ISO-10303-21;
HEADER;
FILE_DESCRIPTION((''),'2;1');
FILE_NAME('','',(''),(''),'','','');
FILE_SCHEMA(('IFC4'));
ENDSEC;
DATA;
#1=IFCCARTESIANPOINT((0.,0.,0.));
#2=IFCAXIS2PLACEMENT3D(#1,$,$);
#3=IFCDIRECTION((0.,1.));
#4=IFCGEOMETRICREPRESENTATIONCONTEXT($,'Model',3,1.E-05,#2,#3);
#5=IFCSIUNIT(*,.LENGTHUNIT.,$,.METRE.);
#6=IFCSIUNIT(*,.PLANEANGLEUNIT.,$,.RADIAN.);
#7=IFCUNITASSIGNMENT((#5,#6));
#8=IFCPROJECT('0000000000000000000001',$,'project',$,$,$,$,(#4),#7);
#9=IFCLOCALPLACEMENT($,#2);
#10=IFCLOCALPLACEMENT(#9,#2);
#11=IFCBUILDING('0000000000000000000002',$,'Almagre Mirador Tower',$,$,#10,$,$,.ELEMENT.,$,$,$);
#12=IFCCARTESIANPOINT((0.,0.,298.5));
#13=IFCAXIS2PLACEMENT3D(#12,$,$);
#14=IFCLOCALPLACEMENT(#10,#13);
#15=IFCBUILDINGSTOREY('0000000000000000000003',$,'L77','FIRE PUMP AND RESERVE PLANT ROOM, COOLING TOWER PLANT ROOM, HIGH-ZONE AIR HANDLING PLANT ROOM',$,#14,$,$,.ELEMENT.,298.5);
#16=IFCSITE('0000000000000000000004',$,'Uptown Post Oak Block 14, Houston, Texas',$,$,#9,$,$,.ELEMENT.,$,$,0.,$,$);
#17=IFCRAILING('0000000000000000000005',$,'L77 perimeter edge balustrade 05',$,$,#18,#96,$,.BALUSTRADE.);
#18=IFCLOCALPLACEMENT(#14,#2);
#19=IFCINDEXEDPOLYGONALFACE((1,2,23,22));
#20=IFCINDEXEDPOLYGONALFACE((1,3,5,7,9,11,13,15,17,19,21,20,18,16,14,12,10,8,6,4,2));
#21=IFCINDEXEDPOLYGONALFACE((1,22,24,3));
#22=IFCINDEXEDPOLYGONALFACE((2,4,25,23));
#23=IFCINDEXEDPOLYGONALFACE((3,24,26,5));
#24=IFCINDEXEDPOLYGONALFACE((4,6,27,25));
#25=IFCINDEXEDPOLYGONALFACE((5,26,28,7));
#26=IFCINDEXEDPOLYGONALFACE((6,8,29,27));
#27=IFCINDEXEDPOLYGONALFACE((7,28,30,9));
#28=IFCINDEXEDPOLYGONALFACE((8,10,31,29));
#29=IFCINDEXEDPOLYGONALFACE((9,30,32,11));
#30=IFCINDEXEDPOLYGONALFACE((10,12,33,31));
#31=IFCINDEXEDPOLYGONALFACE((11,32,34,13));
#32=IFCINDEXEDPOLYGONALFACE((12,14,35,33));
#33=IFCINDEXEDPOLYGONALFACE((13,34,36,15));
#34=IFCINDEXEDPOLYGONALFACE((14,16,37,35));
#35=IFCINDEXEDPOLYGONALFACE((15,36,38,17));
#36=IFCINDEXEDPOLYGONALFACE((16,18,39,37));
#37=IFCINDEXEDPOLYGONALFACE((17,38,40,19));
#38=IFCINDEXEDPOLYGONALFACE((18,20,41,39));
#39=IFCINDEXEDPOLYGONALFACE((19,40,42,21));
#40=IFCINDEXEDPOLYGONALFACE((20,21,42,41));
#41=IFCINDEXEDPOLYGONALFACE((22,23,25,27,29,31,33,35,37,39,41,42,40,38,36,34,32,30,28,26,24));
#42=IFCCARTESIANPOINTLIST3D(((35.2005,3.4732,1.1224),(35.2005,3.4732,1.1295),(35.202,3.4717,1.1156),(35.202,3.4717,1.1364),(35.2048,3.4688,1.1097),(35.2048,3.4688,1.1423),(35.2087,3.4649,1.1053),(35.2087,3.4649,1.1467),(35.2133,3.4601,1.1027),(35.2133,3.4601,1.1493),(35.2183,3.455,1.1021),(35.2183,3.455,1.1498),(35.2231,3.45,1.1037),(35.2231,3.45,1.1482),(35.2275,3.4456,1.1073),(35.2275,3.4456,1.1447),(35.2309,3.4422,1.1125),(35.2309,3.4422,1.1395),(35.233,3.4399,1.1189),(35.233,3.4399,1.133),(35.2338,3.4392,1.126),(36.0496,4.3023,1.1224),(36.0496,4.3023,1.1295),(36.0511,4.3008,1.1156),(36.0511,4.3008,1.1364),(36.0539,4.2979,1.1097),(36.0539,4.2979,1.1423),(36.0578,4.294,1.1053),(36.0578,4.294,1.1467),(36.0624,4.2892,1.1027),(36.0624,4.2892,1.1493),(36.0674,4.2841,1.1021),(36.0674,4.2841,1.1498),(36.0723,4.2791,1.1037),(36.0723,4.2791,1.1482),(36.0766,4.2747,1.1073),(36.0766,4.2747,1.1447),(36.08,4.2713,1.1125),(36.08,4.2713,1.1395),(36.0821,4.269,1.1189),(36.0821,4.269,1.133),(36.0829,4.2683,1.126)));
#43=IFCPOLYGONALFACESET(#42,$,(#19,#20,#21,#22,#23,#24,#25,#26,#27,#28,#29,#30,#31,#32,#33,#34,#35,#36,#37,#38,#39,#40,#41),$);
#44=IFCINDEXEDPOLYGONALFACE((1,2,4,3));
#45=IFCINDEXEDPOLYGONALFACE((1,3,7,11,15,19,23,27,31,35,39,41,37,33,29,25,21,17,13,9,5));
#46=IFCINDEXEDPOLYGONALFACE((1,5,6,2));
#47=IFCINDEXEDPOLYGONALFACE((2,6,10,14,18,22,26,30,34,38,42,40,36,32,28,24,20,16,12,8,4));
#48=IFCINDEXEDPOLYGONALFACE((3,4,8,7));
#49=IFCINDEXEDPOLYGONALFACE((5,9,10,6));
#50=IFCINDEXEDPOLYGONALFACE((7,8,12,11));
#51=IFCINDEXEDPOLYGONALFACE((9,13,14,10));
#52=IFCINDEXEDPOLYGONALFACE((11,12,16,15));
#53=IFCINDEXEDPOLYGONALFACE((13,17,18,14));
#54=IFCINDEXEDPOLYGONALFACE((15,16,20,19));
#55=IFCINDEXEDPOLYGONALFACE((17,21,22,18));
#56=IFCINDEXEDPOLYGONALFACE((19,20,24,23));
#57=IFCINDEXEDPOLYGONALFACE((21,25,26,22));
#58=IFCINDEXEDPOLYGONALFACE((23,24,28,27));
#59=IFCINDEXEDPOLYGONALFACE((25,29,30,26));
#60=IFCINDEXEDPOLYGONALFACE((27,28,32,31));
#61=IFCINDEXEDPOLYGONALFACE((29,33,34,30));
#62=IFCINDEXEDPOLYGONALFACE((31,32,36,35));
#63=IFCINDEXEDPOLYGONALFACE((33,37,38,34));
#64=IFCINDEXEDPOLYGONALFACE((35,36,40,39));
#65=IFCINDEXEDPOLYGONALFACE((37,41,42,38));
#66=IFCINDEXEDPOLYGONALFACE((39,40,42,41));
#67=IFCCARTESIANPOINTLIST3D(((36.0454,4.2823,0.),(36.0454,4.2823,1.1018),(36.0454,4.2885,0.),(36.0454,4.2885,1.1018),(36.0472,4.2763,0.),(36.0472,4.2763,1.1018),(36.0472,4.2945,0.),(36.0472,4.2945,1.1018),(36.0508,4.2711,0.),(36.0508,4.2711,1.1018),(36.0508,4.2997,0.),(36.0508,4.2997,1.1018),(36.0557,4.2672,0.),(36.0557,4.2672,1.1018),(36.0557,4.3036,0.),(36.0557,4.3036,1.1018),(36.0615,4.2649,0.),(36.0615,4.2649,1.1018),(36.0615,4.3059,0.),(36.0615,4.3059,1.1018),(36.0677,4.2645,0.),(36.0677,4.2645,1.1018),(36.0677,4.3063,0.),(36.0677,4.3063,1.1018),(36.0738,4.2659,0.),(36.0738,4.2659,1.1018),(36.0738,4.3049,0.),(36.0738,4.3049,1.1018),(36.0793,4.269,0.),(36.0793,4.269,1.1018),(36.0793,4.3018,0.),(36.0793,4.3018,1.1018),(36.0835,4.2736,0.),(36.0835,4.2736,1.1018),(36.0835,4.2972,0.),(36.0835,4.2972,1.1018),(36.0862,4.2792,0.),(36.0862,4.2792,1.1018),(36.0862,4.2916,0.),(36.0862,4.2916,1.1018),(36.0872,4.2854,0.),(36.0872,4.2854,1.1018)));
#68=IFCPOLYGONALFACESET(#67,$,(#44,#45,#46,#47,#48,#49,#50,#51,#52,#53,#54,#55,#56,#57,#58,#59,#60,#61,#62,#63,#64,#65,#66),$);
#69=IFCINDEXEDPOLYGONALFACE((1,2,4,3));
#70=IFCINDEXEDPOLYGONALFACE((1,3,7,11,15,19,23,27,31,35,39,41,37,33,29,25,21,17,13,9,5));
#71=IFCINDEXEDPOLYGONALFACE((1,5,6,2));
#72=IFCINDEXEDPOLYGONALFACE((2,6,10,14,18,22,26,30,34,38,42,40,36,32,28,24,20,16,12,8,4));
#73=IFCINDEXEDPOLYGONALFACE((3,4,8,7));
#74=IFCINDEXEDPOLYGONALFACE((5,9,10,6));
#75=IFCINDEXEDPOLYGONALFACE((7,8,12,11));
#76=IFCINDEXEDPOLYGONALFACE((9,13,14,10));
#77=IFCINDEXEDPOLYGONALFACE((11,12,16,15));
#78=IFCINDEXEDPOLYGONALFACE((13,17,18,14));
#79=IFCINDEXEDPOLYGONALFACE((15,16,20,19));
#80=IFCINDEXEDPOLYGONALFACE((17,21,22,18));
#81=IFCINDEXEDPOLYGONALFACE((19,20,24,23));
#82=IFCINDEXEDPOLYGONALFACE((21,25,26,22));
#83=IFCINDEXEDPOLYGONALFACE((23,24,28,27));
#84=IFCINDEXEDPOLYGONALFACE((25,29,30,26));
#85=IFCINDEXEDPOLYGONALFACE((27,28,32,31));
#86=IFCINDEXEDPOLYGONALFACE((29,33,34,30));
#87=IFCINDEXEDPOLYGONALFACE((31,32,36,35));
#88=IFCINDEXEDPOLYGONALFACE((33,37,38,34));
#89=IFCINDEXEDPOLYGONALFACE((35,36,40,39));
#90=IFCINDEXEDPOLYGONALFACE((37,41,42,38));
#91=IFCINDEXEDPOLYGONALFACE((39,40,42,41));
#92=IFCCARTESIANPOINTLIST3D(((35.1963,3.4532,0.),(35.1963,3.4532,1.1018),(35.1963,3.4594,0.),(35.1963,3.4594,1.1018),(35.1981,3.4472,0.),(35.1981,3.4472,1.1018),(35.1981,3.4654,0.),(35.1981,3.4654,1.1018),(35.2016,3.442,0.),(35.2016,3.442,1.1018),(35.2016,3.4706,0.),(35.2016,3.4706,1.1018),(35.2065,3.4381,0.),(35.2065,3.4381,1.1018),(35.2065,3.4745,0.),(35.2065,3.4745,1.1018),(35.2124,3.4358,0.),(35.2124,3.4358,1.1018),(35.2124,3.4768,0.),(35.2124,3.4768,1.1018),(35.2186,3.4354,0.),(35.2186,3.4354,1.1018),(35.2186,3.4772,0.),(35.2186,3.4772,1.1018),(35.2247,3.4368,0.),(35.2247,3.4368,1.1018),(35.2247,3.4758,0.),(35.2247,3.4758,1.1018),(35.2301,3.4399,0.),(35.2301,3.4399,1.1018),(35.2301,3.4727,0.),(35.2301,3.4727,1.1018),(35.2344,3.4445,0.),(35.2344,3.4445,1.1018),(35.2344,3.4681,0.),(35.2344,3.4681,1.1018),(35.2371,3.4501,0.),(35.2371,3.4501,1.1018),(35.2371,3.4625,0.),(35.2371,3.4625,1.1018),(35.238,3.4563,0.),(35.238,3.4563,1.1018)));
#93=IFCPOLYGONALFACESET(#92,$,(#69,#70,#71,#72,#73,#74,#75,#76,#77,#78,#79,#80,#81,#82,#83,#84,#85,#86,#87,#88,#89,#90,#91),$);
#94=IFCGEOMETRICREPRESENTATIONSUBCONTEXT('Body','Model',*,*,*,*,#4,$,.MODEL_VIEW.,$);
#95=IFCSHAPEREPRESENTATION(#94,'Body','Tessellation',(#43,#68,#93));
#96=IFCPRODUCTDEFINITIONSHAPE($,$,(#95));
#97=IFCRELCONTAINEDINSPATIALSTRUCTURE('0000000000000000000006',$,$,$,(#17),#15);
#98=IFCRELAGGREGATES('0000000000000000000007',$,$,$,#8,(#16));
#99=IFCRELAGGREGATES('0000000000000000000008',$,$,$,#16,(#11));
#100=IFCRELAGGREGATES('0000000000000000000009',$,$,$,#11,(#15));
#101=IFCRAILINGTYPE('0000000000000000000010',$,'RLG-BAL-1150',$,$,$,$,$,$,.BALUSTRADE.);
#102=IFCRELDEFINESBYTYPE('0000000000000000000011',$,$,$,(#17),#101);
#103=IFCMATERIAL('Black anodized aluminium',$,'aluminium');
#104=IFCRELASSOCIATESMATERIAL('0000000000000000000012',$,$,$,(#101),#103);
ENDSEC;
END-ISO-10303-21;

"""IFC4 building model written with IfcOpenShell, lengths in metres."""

from ifc_helpers import new_model, si_unit, direction, frame, origin, origin_2d, place, context, subcontext, project, spatial, circle, extrude, material, type_object, element, save


model = new_model("IFC4")

# Units and contexts
model_context = context("Model", 3, precision=1e-05, world=origin(), true_north=direction((0.0, 1.0)))
body_context = subcontext(model_context, "Body", "Model", "MODEL_VIEW")
ifc_project = project(units=[si_unit("LENGTHUNIT", "METRE"), si_unit("PLANEANGLEUNIT", "RADIAN")], contexts=[model_context])

# Site, building, storey
site_placement = place(None, origin())
site = spatial("IfcSite", under=ifc_project, at=site_placement, Name="Uptown Post Oak Block 14, Houston, Texas", CompositionType="ELEMENT", RefElevation=0.0)
building_placement = place(site_placement, origin())
building = spatial("IfcBuilding", under=site, at=building_placement, Name="Almagre Mirador Tower", CompositionType="ELEMENT")
storey_placement = place(building_placement, frame((0.0, 0.0, 298.5)))
storey = spatial("IfcBuildingStorey", under=building, at=storey_placement, Name="L77", Description="FIRE PUMP AND RESERVE PLANT ROOM, COOLING TOWER PLANT ROOM, HIGH-ZONE AIR HANDLING PLANT ROOM", CompositionType="ELEMENT", Elevation=298.5)

# Railing
ifc_material_1 = material(Name="Black anodized aluminium", Category="aluminium")
railing_type_1 = type_object("IfcRailingType", Name="RLG-BAL-1150", PredefinedType="BALUSTRADE", material=ifc_material_1)
railing_1_placement = place(storey_placement, frame((36.0662, 4.2854, 0.0)))
element("IfcRailing", 1, at=railing_1_placement, inside=storey, type_object=railing_type_1, Name="L77 perimeter edge balustrade 05", PredefinedType="BALUSTRADE", context=body_context, shape_type="SweptSolid", body=[
    extrude(circle(Radius=0.0239, at=origin_2d()), frame((0.0, 0.0, 1.126), z_axis=(-0.715491, -0.698622, 0.0), x_axis=(0.698622, -0.715491, 0.0)), (0.0, 0.0, 1.0), 1.1868),
    extrude(circle(Radius=0.021, at=origin_2d()), origin(), (0.0, 0.0, 1.0), 1.1018),
    extrude(circle(Radius=0.021, at=origin_2d()), frame((-0.8491, -0.8291, 0.0)), (0.0, 0.0, 1.0), 1.1018),
])

save(model, "model.ifc")
